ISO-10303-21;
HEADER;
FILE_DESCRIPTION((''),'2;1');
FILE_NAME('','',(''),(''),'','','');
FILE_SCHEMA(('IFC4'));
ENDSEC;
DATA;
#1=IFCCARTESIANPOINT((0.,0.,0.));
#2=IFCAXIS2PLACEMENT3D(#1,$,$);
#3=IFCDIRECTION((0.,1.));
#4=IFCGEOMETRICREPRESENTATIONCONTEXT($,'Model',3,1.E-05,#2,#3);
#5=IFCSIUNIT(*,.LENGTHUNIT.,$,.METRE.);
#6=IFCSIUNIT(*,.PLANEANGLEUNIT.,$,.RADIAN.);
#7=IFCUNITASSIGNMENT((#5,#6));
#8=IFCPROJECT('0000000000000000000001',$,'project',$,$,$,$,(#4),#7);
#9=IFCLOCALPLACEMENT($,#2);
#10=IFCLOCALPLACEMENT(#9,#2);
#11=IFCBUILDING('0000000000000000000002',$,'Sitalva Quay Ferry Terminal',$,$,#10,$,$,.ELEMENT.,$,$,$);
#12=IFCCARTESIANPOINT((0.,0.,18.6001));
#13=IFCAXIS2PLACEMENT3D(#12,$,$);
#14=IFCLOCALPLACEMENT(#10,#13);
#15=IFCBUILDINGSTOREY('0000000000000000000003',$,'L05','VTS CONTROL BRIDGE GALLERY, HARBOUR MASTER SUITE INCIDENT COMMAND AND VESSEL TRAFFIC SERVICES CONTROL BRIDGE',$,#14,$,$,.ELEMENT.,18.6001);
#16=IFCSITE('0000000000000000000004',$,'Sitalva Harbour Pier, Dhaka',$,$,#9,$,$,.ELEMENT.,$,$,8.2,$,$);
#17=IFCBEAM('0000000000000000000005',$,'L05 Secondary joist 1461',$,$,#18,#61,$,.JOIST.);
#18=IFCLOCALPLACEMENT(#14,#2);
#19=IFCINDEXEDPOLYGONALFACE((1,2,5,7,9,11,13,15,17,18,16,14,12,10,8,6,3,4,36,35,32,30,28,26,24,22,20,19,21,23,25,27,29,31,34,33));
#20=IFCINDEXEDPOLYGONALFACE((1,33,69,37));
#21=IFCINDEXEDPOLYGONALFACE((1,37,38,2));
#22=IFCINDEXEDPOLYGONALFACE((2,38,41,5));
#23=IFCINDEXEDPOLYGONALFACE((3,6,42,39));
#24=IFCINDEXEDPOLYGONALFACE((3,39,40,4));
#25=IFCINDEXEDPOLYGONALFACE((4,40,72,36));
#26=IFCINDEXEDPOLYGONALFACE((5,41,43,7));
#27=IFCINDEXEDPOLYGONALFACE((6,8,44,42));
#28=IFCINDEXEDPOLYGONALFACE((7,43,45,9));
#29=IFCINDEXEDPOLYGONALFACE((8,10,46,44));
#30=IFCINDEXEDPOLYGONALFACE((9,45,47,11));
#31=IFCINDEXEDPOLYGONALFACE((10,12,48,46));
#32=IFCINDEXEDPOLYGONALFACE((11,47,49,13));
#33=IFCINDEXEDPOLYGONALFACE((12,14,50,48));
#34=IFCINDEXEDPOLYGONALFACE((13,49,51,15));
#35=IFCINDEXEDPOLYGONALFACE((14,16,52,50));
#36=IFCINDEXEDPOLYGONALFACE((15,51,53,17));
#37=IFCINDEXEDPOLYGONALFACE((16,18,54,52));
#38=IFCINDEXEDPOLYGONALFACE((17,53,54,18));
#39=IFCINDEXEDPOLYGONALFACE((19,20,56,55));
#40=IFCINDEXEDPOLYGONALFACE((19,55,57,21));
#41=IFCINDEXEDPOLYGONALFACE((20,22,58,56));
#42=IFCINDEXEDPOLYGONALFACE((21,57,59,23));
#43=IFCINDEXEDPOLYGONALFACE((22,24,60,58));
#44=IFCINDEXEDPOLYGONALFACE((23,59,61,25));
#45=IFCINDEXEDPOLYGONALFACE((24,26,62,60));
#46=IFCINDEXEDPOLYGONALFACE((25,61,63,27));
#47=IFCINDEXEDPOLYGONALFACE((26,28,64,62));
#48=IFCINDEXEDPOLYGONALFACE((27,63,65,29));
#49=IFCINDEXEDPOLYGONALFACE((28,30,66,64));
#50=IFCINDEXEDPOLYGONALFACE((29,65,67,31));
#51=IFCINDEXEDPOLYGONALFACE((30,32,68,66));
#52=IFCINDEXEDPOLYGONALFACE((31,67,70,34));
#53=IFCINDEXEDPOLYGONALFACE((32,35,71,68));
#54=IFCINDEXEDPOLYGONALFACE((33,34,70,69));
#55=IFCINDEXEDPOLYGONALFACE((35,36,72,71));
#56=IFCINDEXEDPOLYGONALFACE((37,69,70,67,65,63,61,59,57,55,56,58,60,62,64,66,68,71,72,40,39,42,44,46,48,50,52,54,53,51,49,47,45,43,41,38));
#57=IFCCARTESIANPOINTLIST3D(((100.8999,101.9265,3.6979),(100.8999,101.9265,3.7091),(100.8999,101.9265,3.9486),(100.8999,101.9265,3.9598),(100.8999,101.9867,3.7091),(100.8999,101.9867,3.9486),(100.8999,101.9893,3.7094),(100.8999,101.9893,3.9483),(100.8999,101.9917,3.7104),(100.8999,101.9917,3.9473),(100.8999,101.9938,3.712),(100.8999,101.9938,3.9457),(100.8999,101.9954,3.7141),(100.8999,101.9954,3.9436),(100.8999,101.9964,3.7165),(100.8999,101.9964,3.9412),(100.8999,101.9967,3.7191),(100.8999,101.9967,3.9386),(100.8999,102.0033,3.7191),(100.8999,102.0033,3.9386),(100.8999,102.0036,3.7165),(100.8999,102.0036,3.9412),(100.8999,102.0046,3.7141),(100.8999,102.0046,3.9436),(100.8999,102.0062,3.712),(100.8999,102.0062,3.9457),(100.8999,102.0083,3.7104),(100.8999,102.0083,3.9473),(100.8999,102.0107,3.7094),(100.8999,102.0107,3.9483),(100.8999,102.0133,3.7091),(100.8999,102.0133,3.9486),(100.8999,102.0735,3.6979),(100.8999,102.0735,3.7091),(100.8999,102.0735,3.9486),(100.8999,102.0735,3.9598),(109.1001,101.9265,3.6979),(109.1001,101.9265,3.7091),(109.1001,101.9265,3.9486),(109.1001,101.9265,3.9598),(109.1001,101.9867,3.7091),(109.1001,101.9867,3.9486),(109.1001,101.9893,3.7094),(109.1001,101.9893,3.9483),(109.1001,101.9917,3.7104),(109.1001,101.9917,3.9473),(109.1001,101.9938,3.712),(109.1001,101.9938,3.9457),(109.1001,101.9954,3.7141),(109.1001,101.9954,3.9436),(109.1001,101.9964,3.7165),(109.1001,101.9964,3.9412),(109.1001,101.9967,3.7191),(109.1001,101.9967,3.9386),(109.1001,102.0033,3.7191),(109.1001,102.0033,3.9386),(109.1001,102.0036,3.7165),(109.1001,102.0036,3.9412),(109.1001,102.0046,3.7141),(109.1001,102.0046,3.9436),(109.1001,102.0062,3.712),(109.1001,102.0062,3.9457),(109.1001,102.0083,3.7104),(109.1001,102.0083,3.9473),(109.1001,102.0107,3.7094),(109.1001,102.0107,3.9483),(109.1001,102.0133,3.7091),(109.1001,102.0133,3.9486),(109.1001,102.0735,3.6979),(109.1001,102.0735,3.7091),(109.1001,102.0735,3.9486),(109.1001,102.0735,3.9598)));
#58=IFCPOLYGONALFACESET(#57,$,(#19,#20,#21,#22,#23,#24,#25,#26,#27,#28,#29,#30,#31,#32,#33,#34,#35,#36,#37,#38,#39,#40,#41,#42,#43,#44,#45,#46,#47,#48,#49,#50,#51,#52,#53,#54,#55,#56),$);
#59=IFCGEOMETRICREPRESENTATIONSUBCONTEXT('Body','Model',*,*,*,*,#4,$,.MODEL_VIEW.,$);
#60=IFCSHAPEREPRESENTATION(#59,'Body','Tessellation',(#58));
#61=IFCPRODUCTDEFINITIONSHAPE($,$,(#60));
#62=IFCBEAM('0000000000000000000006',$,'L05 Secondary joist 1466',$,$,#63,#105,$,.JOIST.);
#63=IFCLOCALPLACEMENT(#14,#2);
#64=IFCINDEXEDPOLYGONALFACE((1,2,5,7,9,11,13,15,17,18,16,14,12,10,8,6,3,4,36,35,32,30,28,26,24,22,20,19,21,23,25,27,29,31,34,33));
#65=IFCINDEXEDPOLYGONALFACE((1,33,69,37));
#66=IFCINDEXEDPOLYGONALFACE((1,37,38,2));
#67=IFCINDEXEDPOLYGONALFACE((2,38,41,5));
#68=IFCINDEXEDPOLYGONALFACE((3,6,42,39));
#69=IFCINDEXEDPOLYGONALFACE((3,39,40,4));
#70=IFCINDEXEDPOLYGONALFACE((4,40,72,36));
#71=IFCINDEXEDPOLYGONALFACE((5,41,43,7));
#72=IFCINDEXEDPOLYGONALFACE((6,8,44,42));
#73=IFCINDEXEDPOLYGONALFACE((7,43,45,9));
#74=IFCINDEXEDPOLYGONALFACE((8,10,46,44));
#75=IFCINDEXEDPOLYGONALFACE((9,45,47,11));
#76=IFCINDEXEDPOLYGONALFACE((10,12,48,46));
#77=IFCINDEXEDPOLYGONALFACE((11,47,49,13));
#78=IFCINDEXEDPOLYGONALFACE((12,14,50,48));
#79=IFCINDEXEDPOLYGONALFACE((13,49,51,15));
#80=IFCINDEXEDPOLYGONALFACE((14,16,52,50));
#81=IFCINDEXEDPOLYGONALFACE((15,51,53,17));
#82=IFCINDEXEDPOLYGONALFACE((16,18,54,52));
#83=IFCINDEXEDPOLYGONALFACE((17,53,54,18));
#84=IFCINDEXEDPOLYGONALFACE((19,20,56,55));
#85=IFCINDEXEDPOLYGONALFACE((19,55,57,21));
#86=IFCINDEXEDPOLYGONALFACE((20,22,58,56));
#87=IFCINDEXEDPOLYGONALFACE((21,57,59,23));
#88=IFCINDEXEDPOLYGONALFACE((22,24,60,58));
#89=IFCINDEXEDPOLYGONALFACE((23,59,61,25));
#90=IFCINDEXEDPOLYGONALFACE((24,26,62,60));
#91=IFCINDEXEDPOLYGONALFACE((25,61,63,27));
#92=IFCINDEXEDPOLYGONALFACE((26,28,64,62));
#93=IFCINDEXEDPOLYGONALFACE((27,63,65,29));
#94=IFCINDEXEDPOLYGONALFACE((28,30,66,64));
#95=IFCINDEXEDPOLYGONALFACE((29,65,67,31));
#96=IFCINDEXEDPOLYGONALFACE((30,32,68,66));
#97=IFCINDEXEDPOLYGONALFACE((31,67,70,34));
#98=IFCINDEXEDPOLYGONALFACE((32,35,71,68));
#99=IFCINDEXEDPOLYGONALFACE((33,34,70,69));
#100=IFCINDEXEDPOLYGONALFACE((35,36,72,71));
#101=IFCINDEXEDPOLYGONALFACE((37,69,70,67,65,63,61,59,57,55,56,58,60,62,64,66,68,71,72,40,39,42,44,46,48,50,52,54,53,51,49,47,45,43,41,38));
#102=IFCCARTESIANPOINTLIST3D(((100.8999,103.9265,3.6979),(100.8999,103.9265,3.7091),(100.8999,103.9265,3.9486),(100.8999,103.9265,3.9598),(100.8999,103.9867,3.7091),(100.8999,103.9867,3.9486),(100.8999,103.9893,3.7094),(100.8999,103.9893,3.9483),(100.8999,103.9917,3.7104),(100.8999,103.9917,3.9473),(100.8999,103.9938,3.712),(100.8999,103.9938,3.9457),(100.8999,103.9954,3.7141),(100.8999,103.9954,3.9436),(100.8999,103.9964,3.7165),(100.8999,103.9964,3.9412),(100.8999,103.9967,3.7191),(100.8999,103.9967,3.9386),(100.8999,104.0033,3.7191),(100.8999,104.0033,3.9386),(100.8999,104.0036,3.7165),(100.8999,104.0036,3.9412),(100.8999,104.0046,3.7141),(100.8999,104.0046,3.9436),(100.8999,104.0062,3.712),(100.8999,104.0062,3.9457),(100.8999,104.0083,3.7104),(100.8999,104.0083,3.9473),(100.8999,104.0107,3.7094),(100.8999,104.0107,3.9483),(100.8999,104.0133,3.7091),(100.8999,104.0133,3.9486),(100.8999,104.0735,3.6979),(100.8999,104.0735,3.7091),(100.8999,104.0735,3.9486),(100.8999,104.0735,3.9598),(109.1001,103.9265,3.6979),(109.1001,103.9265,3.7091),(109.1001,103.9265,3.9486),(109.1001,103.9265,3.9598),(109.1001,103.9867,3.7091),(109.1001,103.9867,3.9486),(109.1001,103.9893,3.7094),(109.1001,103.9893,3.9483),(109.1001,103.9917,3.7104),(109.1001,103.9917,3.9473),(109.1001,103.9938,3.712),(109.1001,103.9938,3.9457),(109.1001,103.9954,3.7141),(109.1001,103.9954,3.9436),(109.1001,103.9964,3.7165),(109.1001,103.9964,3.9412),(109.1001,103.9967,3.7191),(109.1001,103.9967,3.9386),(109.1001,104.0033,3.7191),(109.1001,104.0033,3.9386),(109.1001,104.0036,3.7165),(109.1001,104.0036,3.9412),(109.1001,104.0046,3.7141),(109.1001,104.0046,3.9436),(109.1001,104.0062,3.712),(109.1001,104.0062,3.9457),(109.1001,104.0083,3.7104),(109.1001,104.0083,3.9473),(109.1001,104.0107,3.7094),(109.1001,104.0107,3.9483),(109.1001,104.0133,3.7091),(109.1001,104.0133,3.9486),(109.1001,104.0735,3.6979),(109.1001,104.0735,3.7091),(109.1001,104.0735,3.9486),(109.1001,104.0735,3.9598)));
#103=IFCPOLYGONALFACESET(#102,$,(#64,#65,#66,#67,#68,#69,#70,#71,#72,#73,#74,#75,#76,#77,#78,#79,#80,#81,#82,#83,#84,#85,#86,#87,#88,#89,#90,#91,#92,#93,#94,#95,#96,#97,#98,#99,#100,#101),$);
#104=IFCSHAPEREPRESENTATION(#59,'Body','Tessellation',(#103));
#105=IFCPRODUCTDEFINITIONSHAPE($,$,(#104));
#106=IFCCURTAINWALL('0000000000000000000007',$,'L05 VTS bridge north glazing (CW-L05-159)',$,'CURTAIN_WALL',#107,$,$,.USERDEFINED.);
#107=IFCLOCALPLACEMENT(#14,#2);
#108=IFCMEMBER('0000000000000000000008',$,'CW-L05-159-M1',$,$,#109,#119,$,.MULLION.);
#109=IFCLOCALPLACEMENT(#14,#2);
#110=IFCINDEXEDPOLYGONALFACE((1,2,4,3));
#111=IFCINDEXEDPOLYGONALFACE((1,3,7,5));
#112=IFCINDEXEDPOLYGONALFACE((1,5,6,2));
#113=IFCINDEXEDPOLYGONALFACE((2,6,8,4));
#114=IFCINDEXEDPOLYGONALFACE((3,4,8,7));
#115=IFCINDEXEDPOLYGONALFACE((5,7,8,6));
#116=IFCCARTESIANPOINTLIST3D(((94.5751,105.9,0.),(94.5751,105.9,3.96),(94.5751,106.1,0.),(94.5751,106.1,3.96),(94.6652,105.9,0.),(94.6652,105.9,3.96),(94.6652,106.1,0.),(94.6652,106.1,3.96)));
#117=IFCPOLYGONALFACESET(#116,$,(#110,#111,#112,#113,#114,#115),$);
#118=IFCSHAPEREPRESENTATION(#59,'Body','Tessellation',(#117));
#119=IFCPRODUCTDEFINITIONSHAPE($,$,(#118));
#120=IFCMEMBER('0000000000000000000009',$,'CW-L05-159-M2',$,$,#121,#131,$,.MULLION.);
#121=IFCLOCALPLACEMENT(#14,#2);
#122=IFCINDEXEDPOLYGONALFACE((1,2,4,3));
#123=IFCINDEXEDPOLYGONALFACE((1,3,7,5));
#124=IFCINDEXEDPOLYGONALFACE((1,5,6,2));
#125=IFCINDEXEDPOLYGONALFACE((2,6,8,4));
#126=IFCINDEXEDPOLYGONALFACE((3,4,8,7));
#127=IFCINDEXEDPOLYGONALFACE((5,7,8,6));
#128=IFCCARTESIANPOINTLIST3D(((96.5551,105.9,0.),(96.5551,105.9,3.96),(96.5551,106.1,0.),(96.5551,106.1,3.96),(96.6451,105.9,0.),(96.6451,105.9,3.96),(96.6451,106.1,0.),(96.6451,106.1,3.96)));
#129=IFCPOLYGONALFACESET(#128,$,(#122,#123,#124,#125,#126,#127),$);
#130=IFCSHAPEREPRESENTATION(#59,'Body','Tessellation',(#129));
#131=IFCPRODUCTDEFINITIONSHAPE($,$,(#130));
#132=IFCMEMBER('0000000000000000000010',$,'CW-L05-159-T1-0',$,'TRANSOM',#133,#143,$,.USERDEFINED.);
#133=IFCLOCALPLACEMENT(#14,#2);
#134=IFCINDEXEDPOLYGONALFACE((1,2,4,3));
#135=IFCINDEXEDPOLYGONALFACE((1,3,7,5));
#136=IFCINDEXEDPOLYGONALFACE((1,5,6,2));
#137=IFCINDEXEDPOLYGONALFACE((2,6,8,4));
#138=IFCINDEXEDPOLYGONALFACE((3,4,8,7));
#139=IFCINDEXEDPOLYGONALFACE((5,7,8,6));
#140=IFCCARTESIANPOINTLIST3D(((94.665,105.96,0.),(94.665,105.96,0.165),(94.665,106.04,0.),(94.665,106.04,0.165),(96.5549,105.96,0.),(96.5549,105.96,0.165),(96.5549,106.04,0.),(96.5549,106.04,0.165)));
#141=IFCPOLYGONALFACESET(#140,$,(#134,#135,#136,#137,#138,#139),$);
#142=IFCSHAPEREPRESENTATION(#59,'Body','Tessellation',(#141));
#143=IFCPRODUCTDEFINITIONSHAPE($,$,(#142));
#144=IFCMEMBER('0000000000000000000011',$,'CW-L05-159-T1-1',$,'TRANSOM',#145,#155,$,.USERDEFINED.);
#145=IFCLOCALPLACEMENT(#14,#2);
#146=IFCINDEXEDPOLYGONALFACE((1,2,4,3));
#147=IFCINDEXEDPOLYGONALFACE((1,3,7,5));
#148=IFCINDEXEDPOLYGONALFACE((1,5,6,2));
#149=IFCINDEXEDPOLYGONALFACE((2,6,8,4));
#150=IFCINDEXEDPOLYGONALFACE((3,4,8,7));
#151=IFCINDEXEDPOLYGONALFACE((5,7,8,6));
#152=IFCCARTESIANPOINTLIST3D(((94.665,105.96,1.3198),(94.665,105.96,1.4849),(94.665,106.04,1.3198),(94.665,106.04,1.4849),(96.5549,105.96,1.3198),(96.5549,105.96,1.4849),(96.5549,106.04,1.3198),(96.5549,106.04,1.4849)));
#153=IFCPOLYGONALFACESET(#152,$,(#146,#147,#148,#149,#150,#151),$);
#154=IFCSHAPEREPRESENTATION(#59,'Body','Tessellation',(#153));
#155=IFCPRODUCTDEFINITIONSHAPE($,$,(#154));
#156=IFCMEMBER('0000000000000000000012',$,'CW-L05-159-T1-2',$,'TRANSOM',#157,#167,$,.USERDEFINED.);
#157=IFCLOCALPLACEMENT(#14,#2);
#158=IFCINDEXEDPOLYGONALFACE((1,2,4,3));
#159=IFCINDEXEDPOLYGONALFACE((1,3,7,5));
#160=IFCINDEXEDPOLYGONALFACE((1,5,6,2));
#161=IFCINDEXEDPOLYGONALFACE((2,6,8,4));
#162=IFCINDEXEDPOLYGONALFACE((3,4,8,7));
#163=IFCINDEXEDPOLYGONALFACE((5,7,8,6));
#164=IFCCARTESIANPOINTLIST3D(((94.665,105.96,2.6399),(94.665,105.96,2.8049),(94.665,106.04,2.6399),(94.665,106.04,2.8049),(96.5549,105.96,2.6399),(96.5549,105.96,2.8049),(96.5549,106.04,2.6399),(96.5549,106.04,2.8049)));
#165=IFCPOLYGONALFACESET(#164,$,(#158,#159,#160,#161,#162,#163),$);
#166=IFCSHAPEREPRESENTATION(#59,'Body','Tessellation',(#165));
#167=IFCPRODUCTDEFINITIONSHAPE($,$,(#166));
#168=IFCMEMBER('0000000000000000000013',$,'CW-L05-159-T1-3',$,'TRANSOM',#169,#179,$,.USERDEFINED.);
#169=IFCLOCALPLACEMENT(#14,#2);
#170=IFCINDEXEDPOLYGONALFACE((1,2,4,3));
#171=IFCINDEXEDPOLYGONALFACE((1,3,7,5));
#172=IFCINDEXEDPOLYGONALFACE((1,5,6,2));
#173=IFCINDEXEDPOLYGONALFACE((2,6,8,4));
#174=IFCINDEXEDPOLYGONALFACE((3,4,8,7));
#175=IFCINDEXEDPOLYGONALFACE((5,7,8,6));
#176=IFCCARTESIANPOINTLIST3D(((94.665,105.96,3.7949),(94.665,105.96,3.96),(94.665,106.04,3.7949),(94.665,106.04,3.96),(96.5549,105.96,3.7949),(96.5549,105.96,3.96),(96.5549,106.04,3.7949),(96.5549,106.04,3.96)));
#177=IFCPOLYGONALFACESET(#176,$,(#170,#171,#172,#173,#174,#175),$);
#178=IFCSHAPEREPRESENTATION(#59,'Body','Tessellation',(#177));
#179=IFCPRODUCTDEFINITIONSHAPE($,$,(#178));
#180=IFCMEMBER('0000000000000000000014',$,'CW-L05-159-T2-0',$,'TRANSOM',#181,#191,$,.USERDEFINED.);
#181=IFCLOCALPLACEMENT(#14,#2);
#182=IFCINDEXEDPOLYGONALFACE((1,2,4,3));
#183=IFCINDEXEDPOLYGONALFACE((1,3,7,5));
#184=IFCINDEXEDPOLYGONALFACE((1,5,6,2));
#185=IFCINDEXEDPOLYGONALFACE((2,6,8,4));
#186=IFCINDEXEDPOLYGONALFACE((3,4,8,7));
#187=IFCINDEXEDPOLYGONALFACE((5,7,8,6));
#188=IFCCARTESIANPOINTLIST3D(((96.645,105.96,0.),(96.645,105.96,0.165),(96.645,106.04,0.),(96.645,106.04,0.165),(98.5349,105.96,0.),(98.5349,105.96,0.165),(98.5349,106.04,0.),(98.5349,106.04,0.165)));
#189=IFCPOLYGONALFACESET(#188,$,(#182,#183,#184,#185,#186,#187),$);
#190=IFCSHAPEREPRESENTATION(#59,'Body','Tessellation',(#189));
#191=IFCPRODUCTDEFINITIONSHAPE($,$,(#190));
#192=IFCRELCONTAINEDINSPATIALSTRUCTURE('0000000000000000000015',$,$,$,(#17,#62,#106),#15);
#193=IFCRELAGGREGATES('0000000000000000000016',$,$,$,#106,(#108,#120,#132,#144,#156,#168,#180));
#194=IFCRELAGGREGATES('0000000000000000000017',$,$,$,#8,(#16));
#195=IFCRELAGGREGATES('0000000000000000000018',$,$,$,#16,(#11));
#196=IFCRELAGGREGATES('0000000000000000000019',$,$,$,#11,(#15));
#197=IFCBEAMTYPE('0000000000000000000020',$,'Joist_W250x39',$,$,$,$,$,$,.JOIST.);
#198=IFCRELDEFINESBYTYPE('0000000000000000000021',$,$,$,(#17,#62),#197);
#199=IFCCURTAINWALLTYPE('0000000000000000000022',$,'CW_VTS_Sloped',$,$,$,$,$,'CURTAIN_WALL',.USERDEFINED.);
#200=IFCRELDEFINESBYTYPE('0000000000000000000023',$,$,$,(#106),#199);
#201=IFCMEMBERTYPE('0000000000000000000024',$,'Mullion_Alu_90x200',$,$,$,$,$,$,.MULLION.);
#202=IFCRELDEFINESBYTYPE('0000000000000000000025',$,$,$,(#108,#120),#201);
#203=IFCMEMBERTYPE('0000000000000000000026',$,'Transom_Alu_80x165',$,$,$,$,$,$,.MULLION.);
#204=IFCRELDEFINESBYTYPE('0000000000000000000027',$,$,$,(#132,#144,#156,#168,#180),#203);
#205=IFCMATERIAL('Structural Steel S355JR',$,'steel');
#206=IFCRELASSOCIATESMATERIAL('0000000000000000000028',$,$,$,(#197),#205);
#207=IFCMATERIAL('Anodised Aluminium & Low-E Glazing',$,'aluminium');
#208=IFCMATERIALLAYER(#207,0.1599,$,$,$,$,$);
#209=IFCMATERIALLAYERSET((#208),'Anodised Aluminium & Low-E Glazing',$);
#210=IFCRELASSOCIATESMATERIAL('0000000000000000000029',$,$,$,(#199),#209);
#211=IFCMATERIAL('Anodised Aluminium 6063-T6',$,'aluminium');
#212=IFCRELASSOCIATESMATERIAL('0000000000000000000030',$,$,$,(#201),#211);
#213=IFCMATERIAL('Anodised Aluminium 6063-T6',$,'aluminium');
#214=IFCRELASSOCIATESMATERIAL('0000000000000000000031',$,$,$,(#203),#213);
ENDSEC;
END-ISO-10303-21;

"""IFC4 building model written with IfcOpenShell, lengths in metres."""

from ifc_helpers import new_model, si_unit, direction, frame, origin, origin_2d, place, context, subcontext, project, spatial, rectangle, i_section, extrude, material, layer, layer_set, material_profile, profile_set, type_object, element, aggregate, save


model = new_model("IFC4")

# Units and contexts
model_context = context("Model", 3, precision=1e-05, world=origin(), true_north=direction((0.0, 1.0)))
body_context = subcontext(model_context, "Body", "Model", "MODEL_VIEW")
ifc_project = project(units=[si_unit("LENGTHUNIT", "METRE"), si_unit("PLANEANGLEUNIT", "RADIAN")], contexts=[model_context])

# Site, building, storey
site_placement = place(None, origin())
site = spatial("IfcSite", under=ifc_project, at=site_placement, Name="Sitalva Harbour Pier, Dhaka", CompositionType="ELEMENT", RefElevation=8.2)
building_placement = place(site_placement, origin())
building = spatial("IfcBuilding", under=site, at=building_placement, Name="Sitalva Quay Ferry Terminal", CompositionType="ELEMENT")
storey_placement = place(building_placement, frame((0.0, 0.0, 18.6001)))
storey = spatial("IfcBuildingStorey", under=building, at=storey_placement, Name="L05", Description="VTS CONTROL BRIDGE GALLERY, HARBOUR MASTER SUITE INCIDENT COMMAND AND VESSEL TRAFFIC SERVICES CONTROL BRIDGE", CompositionType="ELEMENT", Elevation=18.6001)

# Beams
ifc_material_1 = material(Name="Structural Steel S355JR", Category="steel")
ifc_material_profile_1 = material_profile(ifc_material_1, i_section(OverallWidth=0.147, OverallDepth=0.262, WebThickness=0.0066, FlangeThickness=0.0112, FilletRadius=0.01, at=origin_2d()), Name="W250x39")
ifc_profile_set_1 = profile_set([ifc_material_profile_1], Name="Structural Steel S355JR")
beam_type_1 = type_object("IfcBeamType", Name="Joist_W250x39", PredefinedType="JOIST", material=ifc_profile_set_1)
for number, where, z_axis, x_axis, name in (
    (1, (100.8999, 102.0, 3.8289), (1.0, 0.0, 0.0), (0.0, 1.0, 0.0), "L05 Secondary joist 1461"),
    (2, (100.8999, 104.0, 3.8289), (1.0, 0.0, 0.0), (0.0, 1.0, 0.0), "L05 Secondary joist 1466"),
):
    element("IfcBeam", number, at=place(storey_placement, frame(where, z_axis=z_axis, x_axis=x_axis)), inside=storey, type_object=beam_type_1, Name=name, PredefinedType="JOIST", context=body_context, shape_type="SweptSolid", body=[
        extrude(i_section(OverallWidth=0.147, OverallDepth=0.262, WebThickness=0.0066, FlangeThickness=0.0112, FilletRadius=0.01, at=origin_2d()), origin(), (0.0, 0.0, 1.0), 8.2002),
    ])

# Curtain wall, members
ifc_material_2 = material(Name="Anodised Aluminium & Low-E Glazing", Category="aluminium")
ifc_layer_1 = layer(ifc_material_2, 0.1599)
ifc_layer_set_1 = layer_set([ifc_layer_1], Name="Anodised Aluminium & Low-E Glazing")
curtain_wall_type = type_object("IfcCurtainWallType", Name="CW_VTS_Sloped", ElementType="CURTAIN_WALL", PredefinedType="USERDEFINED", material=ifc_layer_set_1)
curtain_wall_placement = place(storey_placement, origin())
curtain_wall = element("IfcCurtainWall", 3, at=curtain_wall_placement, inside=storey, type_object=curtain_wall_type, Name="L05 VTS bridge north glazing (CW-L05-159)", ObjectType="CURTAIN_WALL", PredefinedType="USERDEFINED")
ifc_material_3 = material(Name="Anodised Aluminium 6063-T6", Category="aluminium")
ifc_material_profile_2 = material_profile(ifc_material_3, rectangle(XDim=0.0901, YDim=0.2, at=origin_2d()), Name="ALU90x200")
ifc_profile_set_2 = profile_set([ifc_material_profile_2], Name="Anodised Aluminium 6063-T6")
member_type_1 = type_object("IfcMemberType", Name="Mullion_Alu_90x200", PredefinedType="MULLION", material=ifc_profile_set_2)
member_1_placement = place(storey_placement, frame((94.6201, 106.0, 0.0), z_axis=(0.0, 0.0, 1.0), x_axis=(1.0, 0.0, 0.0)))
member_1 = element("IfcMember", 4, at=member_1_placement, type_object=member_type_1, Name="CW-L05-159-M1", PredefinedType="MULLION", context=body_context, shape_type="SweptSolid", body=[
    extrude(rectangle(XDim=0.0901, YDim=0.2, at=origin_2d()), origin(), (0.0, 0.0, 1.0), 3.96),
])
member_2_placement = place(storey_placement, frame((96.6001, 106.0, 0.0), z_axis=(0.0, 0.0, 1.0), x_axis=(1.0, 0.0, 0.0)))
member_2 = element("IfcMember", 5, at=member_2_placement, type_object=member_type_1, Name="CW-L05-159-M2", PredefinedType="MULLION", context=body_context, shape_type="SweptSolid", body=[
    extrude(rectangle(XDim=0.0901, YDim=0.2, at=origin_2d()), origin(), (0.0, 0.0, 1.0), 3.96),
])
ifc_material_4 = material(Name="Anodised Aluminium 6063-T6", Category="aluminium")
ifc_material_profile_3 = material_profile(ifc_material_4, rectangle(XDim=0.0801, YDim=0.165, at=origin_2d()), Name="ALU80x165")
ifc_profile_set_3 = profile_set([ifc_material_profile_3], Name="Anodised Aluminium 6063-T6")
member_type_2 = type_object("IfcMemberType", Name="Transom_Alu_80x165", PredefinedType="MULLION", material=ifc_profile_set_3)
member_3_placement = place(storey_placement, frame((94.665, 106.0, 0.0825), z_axis=(1.0, 0.0, 0.0), x_axis=(0.0, 1.0, 0.0)))
member_3 = element("IfcMember", 6, at=member_3_placement, type_object=member_type_2, Name="CW-L05-159-T1-0", ObjectType="TRANSOM", PredefinedType="USERDEFINED", context=body_context, shape_type="SweptSolid", body=[
    extrude(rectangle(XDim=0.0801, YDim=0.165, at=origin_2d()), origin(), (0.0, 0.0, 1.0), 1.8899),
])
member_4_placement = place(storey_placement, frame((94.665, 106.0, 1.4023), z_axis=(1.0, 0.0, 0.0), x_axis=(0.0, 1.0, 0.0)))
member_4 = element("IfcMember", 7, at=member_4_placement, type_object=member_type_2, Name="CW-L05-159-T1-1", ObjectType="TRANSOM", PredefinedType="USERDEFINED", context=body_context, shape_type="SweptSolid", body=[
    extrude(rectangle(XDim=0.0801, YDim=0.165, at=origin_2d()), origin(), (0.0, 0.0, 1.0), 1.8899),
])
member_5_placement = place(storey_placement, frame((94.665, 106.0, 2.7224), z_axis=(1.0, 0.0, 0.0), x_axis=(0.0, 1.0, 0.0)))
member_5 = element("IfcMember", 8, at=member_5_placement, type_object=member_type_2, Name="CW-L05-159-T1-2", ObjectType="TRANSOM", PredefinedType="USERDEFINED", context=body_context, shape_type="SweptSolid", body=[
    extrude(rectangle(XDim=0.0801, YDim=0.165, at=origin_2d()), origin(), (0.0, 0.0, 1.0), 1.8899),
])
member_6_placement = place(storey_placement, frame((94.665, 106.0, 3.8774), z_axis=(1.0, 0.0, 0.0), x_axis=(0.0, 1.0, 0.0)))
member_6 = element("IfcMember", 9, at=member_6_placement, type_object=member_type_2, Name="CW-L05-159-T1-3", ObjectType="TRANSOM", PredefinedType="USERDEFINED", context=body_context, shape_type="SweptSolid", body=[
    extrude(rectangle(XDim=0.0801, YDim=0.165, at=origin_2d()), origin(), (0.0, 0.0, 1.0), 1.8899),
])
member_7_placement = place(storey_placement, frame((96.645, 106.0, 0.0825), z_axis=(1.0, 0.0, 0.0), x_axis=(0.0, 1.0, 0.0)))
member_7 = element("IfcMember", 10, at=member_7_placement, type_object=member_type_2, Name="CW-L05-159-T2-0", ObjectType="TRANSOM", PredefinedType="USERDEFINED", context=body_context, shape_type="SweptSolid", body=[
    extrude(rectangle(XDim=0.0801, YDim=0.165, at=origin_2d()), origin(), (0.0, 0.0, 1.0), 1.8899),
])
aggregate(curtain_wall, [member_1, member_2, member_3, member_4, member_5, member_6, member_7])

save(model, "model.ifc")
